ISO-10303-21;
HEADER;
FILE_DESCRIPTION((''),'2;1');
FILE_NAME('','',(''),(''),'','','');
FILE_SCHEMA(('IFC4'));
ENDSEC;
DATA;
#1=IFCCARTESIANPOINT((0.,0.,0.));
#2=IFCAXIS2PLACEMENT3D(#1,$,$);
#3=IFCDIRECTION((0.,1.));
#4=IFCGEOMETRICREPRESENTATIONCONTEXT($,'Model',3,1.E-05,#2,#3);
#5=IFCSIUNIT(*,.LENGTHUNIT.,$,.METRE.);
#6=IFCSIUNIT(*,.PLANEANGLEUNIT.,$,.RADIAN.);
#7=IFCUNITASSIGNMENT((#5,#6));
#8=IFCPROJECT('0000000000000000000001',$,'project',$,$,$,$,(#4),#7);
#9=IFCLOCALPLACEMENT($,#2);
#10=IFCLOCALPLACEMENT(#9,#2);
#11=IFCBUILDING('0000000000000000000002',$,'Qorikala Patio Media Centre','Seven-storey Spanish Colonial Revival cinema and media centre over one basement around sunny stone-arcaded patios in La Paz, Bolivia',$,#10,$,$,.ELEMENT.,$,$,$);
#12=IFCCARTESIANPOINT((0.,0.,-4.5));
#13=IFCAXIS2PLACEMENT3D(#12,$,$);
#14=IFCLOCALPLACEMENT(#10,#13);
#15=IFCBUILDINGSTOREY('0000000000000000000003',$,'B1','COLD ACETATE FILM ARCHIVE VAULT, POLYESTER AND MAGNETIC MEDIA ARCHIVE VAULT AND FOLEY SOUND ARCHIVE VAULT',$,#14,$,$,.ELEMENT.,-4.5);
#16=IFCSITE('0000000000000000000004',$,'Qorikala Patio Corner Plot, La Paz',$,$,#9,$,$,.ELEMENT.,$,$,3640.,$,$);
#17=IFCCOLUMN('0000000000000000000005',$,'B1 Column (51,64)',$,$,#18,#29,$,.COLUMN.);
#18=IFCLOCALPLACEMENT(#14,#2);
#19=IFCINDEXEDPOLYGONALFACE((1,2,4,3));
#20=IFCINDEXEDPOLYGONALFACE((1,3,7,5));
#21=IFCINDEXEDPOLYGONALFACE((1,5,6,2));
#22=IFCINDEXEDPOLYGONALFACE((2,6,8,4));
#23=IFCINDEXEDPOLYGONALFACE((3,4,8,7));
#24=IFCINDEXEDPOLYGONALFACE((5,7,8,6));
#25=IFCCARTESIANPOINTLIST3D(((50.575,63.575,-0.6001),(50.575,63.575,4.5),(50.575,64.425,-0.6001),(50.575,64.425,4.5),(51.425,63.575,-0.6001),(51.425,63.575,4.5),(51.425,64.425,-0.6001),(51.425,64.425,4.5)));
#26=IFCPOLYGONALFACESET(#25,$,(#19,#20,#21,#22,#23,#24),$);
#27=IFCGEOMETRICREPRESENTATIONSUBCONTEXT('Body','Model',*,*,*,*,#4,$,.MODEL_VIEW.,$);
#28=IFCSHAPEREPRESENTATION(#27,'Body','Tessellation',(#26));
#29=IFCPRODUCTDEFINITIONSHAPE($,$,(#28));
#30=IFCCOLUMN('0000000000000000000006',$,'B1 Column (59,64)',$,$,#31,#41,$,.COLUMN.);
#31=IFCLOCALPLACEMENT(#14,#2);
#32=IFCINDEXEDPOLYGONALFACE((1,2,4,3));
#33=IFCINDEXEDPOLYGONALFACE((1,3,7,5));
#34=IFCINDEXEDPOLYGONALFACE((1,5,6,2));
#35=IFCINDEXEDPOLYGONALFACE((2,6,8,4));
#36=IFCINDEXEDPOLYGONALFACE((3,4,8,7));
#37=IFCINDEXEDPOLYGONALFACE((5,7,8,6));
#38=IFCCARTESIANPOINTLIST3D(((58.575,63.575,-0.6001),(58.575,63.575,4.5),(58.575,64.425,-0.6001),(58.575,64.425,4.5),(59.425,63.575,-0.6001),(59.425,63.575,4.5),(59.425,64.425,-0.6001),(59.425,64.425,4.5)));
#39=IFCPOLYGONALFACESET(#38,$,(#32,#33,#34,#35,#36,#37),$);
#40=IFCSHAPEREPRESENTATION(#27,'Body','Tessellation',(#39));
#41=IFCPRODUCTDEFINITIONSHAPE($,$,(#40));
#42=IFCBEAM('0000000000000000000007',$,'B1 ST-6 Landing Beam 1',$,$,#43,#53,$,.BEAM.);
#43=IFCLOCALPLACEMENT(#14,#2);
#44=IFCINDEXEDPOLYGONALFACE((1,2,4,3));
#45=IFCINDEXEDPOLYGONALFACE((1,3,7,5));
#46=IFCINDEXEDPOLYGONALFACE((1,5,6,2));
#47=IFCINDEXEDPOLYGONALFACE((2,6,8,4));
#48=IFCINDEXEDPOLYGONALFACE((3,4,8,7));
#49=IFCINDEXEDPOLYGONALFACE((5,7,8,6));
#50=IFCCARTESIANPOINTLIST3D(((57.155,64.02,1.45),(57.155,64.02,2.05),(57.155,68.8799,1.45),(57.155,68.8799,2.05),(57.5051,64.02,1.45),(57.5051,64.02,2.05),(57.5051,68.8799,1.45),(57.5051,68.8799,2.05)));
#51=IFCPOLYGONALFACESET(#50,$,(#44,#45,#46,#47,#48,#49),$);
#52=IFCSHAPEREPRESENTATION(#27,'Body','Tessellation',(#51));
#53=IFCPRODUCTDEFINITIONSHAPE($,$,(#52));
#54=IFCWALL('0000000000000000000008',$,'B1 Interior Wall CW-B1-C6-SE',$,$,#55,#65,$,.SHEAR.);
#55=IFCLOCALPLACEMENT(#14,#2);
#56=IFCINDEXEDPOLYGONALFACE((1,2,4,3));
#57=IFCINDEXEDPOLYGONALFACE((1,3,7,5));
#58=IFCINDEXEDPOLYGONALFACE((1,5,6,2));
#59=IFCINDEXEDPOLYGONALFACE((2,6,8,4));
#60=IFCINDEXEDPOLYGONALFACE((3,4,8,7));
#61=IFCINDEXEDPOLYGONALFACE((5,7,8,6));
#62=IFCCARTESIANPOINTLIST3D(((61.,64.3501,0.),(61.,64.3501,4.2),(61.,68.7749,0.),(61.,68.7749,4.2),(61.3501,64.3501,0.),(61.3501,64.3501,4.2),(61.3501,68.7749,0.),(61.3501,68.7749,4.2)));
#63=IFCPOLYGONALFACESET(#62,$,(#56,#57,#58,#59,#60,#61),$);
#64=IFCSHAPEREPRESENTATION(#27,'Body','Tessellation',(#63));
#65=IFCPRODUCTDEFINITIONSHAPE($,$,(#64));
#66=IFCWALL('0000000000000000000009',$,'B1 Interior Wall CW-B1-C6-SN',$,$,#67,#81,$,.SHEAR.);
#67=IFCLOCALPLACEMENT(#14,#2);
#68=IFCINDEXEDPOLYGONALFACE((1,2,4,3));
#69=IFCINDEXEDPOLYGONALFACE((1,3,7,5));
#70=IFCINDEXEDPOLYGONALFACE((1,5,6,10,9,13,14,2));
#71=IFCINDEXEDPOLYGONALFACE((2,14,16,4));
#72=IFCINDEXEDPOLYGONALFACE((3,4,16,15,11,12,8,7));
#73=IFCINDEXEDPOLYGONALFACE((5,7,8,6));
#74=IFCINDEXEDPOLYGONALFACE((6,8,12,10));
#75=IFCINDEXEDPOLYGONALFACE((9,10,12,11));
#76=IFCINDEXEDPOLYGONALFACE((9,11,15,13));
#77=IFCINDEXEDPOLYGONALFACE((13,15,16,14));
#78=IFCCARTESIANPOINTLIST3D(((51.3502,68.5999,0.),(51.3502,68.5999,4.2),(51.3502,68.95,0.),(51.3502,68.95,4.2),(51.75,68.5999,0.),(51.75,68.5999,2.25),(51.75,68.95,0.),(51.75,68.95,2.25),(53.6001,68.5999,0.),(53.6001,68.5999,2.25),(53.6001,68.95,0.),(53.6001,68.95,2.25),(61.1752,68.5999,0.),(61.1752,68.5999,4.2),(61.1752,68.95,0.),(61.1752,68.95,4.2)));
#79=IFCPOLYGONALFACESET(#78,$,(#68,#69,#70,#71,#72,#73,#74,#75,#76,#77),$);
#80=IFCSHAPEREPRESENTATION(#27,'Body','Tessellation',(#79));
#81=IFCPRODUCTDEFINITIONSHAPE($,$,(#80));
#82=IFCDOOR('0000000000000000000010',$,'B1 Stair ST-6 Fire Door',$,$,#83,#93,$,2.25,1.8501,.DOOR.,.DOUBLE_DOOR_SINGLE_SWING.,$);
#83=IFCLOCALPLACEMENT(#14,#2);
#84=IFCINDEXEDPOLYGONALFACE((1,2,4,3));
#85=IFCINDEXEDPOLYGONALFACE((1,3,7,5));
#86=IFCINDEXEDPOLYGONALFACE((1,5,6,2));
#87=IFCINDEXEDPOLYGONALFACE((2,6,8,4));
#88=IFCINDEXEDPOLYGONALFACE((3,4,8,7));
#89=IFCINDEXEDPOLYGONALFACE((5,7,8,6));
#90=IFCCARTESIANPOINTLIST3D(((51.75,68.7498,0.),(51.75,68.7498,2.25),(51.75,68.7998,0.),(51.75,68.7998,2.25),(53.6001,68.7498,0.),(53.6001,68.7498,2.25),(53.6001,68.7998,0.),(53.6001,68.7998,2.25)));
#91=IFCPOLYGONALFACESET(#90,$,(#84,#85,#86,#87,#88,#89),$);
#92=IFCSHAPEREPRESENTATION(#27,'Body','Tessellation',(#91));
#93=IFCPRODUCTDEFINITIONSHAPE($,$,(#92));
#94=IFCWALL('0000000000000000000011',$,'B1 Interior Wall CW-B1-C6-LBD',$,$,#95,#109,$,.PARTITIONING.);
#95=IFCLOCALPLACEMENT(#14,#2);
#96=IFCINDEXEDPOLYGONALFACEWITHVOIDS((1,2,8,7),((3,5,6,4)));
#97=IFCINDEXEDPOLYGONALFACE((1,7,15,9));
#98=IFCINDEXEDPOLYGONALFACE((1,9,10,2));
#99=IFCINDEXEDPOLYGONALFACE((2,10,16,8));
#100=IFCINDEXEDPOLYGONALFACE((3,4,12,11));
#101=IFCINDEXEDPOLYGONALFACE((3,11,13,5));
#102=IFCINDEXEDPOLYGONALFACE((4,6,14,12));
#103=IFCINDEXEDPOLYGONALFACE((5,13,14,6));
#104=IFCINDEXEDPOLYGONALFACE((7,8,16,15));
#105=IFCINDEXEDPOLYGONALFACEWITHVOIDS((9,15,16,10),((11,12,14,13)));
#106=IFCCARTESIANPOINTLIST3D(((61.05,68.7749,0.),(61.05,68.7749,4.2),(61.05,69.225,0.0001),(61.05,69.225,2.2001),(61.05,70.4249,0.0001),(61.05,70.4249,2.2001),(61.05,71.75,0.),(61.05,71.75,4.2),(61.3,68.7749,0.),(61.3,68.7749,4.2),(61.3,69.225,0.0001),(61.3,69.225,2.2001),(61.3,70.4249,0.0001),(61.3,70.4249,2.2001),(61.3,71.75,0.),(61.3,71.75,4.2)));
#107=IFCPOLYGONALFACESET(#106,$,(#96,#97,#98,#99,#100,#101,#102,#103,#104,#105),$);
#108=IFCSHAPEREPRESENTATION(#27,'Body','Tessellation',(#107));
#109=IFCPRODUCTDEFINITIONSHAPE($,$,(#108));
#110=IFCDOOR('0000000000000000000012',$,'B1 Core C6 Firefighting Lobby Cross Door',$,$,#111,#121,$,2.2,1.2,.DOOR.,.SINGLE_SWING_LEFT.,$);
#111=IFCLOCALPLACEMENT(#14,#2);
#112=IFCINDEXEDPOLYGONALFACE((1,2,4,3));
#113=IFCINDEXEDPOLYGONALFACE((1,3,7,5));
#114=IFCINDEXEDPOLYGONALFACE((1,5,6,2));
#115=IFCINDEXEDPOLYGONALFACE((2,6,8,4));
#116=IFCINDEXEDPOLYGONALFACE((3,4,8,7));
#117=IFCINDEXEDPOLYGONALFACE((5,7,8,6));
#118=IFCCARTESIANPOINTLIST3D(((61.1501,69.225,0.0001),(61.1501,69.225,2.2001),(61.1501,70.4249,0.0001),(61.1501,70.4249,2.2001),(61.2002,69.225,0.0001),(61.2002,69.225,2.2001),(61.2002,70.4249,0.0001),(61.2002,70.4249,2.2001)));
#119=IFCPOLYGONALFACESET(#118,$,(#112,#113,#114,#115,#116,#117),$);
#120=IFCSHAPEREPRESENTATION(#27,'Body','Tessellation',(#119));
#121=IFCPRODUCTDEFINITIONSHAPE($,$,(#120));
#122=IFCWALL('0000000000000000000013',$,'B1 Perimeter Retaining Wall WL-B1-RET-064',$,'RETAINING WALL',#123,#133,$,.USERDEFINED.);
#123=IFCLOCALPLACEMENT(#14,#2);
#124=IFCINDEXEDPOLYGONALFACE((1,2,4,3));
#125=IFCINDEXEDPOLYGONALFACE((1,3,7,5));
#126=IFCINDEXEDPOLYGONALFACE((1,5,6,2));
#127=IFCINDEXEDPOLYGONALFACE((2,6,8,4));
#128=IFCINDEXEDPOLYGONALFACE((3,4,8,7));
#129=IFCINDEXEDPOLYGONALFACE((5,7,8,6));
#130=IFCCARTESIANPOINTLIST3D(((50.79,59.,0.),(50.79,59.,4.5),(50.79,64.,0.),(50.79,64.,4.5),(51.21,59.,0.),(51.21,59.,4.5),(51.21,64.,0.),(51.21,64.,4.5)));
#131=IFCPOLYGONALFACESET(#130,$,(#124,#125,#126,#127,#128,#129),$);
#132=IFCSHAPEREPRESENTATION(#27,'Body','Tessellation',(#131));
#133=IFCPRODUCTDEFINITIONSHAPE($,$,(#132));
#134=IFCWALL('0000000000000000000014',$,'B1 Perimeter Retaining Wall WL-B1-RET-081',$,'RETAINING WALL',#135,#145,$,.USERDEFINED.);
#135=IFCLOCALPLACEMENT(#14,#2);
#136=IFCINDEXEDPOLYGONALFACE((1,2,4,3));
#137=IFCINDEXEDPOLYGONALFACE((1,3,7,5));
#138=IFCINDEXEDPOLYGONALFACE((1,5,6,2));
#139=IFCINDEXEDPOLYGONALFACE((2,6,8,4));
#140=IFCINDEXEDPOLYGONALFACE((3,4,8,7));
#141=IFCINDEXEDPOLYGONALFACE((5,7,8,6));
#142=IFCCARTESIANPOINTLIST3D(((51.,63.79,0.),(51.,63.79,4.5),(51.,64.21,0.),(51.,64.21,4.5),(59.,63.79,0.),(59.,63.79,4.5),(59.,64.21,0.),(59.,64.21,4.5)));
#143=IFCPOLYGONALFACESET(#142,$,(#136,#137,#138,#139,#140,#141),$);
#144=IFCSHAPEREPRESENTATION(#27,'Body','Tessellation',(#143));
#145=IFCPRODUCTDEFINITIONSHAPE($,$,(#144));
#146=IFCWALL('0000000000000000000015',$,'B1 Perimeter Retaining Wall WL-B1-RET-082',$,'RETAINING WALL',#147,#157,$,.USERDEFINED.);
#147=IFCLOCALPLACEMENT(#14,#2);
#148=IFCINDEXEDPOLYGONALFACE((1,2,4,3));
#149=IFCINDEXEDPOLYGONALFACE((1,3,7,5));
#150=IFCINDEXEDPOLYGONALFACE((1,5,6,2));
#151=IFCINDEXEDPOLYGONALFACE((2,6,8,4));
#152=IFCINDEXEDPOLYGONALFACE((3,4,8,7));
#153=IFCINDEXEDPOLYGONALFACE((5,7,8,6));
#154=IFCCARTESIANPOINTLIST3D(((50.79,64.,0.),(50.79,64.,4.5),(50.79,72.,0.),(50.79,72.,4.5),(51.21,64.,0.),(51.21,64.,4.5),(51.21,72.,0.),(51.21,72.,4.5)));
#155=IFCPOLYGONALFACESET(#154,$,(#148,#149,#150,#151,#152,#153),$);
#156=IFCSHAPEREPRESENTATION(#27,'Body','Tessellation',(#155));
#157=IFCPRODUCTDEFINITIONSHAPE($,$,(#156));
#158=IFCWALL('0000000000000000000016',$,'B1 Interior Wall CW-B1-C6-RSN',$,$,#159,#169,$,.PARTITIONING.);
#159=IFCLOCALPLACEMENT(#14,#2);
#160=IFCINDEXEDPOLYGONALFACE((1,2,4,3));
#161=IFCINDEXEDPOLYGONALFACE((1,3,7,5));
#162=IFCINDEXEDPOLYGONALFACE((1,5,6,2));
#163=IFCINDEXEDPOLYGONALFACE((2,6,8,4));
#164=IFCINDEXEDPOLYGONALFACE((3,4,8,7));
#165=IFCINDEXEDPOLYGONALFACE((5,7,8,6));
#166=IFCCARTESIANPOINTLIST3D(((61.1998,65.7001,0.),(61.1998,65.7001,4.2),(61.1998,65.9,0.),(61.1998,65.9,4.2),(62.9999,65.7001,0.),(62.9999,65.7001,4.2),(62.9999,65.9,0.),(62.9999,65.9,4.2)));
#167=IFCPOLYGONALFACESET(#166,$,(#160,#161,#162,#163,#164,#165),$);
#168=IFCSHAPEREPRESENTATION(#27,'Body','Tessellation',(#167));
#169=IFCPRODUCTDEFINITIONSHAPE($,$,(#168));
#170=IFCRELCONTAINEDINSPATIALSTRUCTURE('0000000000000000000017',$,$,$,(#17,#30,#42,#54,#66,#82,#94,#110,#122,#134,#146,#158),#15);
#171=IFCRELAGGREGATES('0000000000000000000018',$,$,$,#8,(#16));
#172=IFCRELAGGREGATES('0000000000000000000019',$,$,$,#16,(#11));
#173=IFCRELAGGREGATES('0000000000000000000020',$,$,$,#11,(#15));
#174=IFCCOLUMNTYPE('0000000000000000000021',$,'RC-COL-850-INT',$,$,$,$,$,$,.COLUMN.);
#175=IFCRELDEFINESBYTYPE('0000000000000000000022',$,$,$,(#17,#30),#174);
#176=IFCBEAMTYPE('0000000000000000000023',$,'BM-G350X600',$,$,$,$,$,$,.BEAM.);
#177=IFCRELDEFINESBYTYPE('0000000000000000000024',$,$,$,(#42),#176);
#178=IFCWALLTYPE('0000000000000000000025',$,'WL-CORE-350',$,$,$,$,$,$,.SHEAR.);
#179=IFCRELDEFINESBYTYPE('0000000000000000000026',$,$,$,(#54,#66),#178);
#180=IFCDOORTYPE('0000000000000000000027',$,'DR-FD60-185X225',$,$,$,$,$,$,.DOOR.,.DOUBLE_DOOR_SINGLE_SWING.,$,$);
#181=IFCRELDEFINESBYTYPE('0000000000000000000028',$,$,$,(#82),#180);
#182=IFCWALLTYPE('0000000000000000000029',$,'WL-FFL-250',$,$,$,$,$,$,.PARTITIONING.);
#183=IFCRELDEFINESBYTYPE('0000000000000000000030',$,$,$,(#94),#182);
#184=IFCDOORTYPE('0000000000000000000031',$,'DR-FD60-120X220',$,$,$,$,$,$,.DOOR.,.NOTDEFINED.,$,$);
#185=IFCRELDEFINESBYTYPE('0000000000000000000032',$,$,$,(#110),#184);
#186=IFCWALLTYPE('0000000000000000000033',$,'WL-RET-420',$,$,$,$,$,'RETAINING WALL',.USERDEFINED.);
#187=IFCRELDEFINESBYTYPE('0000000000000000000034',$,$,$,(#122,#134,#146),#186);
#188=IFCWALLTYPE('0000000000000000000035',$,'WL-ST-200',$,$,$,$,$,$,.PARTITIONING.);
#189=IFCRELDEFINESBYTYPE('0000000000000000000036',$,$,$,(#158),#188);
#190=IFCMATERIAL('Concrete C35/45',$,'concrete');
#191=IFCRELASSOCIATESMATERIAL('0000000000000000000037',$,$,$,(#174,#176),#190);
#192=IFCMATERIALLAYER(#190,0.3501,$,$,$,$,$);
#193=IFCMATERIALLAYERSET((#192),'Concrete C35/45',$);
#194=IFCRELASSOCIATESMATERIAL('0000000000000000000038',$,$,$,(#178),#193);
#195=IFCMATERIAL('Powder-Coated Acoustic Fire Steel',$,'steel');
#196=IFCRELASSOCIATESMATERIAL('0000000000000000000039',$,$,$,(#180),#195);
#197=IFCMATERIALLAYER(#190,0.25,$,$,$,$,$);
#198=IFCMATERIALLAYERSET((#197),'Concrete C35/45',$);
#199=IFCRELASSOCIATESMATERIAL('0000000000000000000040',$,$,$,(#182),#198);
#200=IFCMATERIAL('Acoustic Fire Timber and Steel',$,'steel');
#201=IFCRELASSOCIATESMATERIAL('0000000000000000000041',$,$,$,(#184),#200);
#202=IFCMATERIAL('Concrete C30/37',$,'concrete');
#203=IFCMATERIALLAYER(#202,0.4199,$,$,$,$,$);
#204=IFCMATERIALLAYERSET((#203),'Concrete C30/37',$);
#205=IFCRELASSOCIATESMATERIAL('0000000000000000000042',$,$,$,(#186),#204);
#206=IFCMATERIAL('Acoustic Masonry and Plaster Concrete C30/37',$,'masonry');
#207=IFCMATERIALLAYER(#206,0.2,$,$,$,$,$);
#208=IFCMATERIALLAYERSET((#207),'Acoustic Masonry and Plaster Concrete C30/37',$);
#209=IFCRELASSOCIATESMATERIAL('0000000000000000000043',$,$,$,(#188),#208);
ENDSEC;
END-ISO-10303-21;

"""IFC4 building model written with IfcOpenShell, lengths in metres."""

from ifc_helpers import new_model, si_unit, direction, frame, frame_2d, origin, origin_2d, place, context, subcontext, project, spatial, rectangle, extrude, material, layer, layer_set, material_profile, profile_set, type_object, element, fill, save


model = new_model("IFC4")

# Units and contexts
model_context = context("Model", 3, precision=1e-05, world=origin(), true_north=direction((0.0, 1.0)))
body_context = subcontext(model_context, "Body", "Model", "MODEL_VIEW")
ifc_project = project(units=[si_unit("LENGTHUNIT", "METRE"), si_unit("PLANEANGLEUNIT", "RADIAN")], contexts=[model_context])

# Site, building, storey
site_placement = place(None, origin())
site = spatial("IfcSite", under=ifc_project, at=site_placement, Name="Qorikala Patio Corner Plot, La Paz", CompositionType="ELEMENT", RefElevation=3640.0)
building_placement = place(site_placement, origin())
building = spatial("IfcBuilding", under=site, at=building_placement, Name="Qorikala Patio Media Centre", Description="Seven-storey Spanish Colonial Revival cinema and media centre over one basement around sunny stone-arcaded patios in La Paz, Bolivia", CompositionType="ELEMENT")
storey_placement = place(building_placement, frame((0.0, 0.0, -4.5)))
storey = spatial("IfcBuildingStorey", under=building, at=storey_placement, Name="B1", Description="COLD ACETATE FILM ARCHIVE VAULT, POLYESTER AND MAGNETIC MEDIA ARCHIVE VAULT AND FOLEY SOUND ARCHIVE VAULT", CompositionType="ELEMENT", Elevation=-4.5)

# Shared definitions
ifc_material_1 = material(Name="Concrete C30/37", Category="concrete")

# Columns
ifc_material_2 = material(Name="Concrete C35/45", Category="concrete")
ifc_material_profile_1 = material_profile(ifc_material_2, rectangle(XDim=0.8501, YDim=0.8501, at=origin_2d()), Name="RC 850x850")
ifc_profile_set_1 = profile_set([ifc_material_profile_1], Name="Concrete C35/45")
column_type = type_object("IfcColumnType", Name="RC-COL-850-INT", PredefinedType="COLUMN", material=ifc_profile_set_1)
for number, where, z_axis, x_axis, name in (
    (1, (51.0, 64.0, -0.6001), (0.0, 0.0, 1.0), (1.0, 0.0, 0.0), "B1 Column (51,64)"),
    (2, (59.0, 64.0, -0.6001), (0.0, 0.0, 1.0), (1.0, 0.0, 0.0), "B1 Column (59,64)"),
):
    element("IfcColumn", number, at=place(storey_placement, frame(where, z_axis=z_axis, x_axis=x_axis)), inside=storey, type_object=column_type, Name=name, PredefinedType="COLUMN", context=body_context, shape_type="SweptSolid", body=[
        extrude(rectangle(XDim=0.8501, YDim=0.8501, at=origin_2d()), origin(), (0.0, 0.0, 1.0), 5.1001),
    ])

# Beam
ifc_material_profile_2 = material_profile(ifc_material_2, rectangle(XDim=0.3501, YDim=0.6001, at=origin_2d()), Name="RC 350x600")
ifc_profile_set_2 = profile_set([ifc_material_profile_2], Name="Concrete C35/45")
beam_type = type_object("IfcBeamType", Name="BM-G350X600", PredefinedType="BEAM", material=ifc_profile_set_2)
beam_placement = place(storey_placement, frame((57.3301, 64.02, 1.75), z_axis=(0.0, 1.0, 0.0), x_axis=(-1.0, 0.0, 0.0)))
element("IfcBeam", 3, at=beam_placement, inside=storey, type_object=beam_type, Name="B1 ST-6 Landing Beam 1", PredefinedType="BEAM", context=body_context, shape_type="SweptSolid", body=[
    extrude(rectangle(XDim=0.3501, YDim=0.6001, at=origin_2d()), origin(), (0.0, 0.0, 1.0), 4.8599),
])

# Wall
ifc_layer_1 = layer(ifc_material_2, 0.3501)
ifc_layer_set_1 = layer_set([ifc_layer_1], Name="Concrete C35/45")
wall_type_1 = type_object("IfcWallType", Name="WL-CORE-350", PredefinedType="SHEAR", material=ifc_layer_set_1)
wall_1_placement = place(storey_placement, frame((61.175, 64.3501, 0.0), z_axis=(0.0, 0.0, 1.0), x_axis=(0.0, 1.0, 0.0)))
element("IfcWall", 4, at=wall_1_placement, inside=storey, type_object=wall_type_1, Name="B1 Interior Wall CW-B1-C6-SE", PredefinedType="SHEAR", context=body_context, shape_type="SweptSolid", body=[
    extrude(rectangle(XDim=4.4248, YDim=0.3501, at=frame_2d((2.2124, 0.0))), origin(), (0.0, 0.0, 1.0), 4.2),
])

# Walls, openings, doors
wall_2_placement = place(storey_placement, frame((51.3501, 68.7749, 0.0), z_axis=(0.0, 0.0, 1.0), x_axis=(1.0, 0.0, 0.0)))
wall_2 = element("IfcWall", 5, at=wall_2_placement, inside=storey, type_object=wall_type_1, Name="B1 Interior Wall CW-B1-C6-SN", PredefinedType="SHEAR", context=body_context, shape_type="SweptSolid", body=[
    extrude(rectangle(XDim=9.825, YDim=0.3501, at=frame_2d((4.9126, 0.0))), origin(), (0.0, 0.0, 1.0), 4.2),
])
opening_1_placement = place(wall_2_placement, frame((0.3999, 0.0, 0.0)))
opening_1 = element("IfcOpeningElement", 6, at=opening_1_placement, cuts=wall_2, PredefinedType="OPENING", context=body_context, shape_type="SweptSolid", body=[
    extrude(rectangle(XDim=1.8501, YDim=2.25, at=frame_2d((0.925, 1.125))), frame((0.0, 0.1851, 0.0), z_axis=(0.0, -1.0, 0.0), x_axis=(1.0, 0.0, 0.0)), (0.0, 0.0, 1.0), 0.3701),
])
ifc_material_3 = material(Name="Powder-Coated Acoustic Fire Steel", Category="steel")
door_type_1 = type_object("IfcDoorType", Name="DR-FD60-185X225", OperationType="DOUBLE_DOOR_SINGLE_SWING", PredefinedType="DOOR", material=ifc_material_3)
door_1_placement = place(opening_1_placement, origin())
door_1 = element("IfcDoor", 7, at=door_1_placement, inside=storey, type_object=door_type_1, Name="B1 Stair ST-6 Fire Door", OperationType="DOUBLE_DOOR_SINGLE_SWING", OverallHeight=2.25, OverallWidth=1.8501, PredefinedType="DOOR", context=body_context, shape_type="SweptSolid", body=[
    extrude(rectangle(XDim=1.8501, YDim=2.25, at=frame_2d((0.925, 1.125))), frame((0.0, 0.0249, 0.0), z_axis=(0.0, -1.0, 0.0), x_axis=(1.0, 0.0, 0.0)), (0.0, 0.0, 1.0), 0.05),
])
fill(opening_1, door_1)
ifc_layer_2 = layer(ifc_material_2, 0.25)
ifc_layer_set_2 = layer_set([ifc_layer_2], Name="Concrete C35/45")
wall_type_2 = type_object("IfcWallType", Name="WL-FFL-250", PredefinedType="PARTITIONING", material=ifc_layer_set_2)
wall_3_placement = place(storey_placement, frame((61.175, 68.7749, 0.0), z_axis=(0.0, 0.0, 1.0), x_axis=(0.0, 1.0, 0.0)))
wall_3 = element("IfcWall", 8, at=wall_3_placement, inside=storey, type_object=wall_type_2, Name="B1 Interior Wall CW-B1-C6-LBD", PredefinedType="PARTITIONING", context=body_context, shape_type="SweptSolid", body=[
    extrude(rectangle(XDim=2.9751, YDim=0.25, at=frame_2d((1.4875, 0.0))), origin(), (0.0, 0.0, 1.0), 4.2),
])
opening_2_placement = place(wall_3_placement, frame((0.45, 0.0, 0.0)))
opening_2 = element("IfcOpeningElement", 9, at=opening_2_placement, cuts=wall_3, PredefinedType="OPENING", context=body_context, shape_type="SweptSolid", body=[
    extrude(rectangle(XDim=1.2, YDim=2.2, at=frame_2d((0.6001, 1.1001))), frame((0.0, 0.135, 0.0), z_axis=(0.0, -1.0, 0.0), x_axis=(1.0, 0.0, 0.0)), (0.0, 0.0, 1.0), 0.27),
])
ifc_material_4 = material(Name="Acoustic Fire Timber and Steel", Category="steel")
door_type_2 = type_object("IfcDoorType", Name="DR-FD60-120X220", OperationType="NOTDEFINED", PredefinedType="DOOR", material=ifc_material_4)
door_2_placement = place(opening_2_placement, origin())
door_2 = element("IfcDoor", 10, at=door_2_placement, inside=storey, type_object=door_type_2, Name="B1 Core C6 Firefighting Lobby Cross Door", OperationType="SINGLE_SWING_LEFT", OverallHeight=2.2, OverallWidth=1.2, PredefinedType="DOOR", context=body_context, shape_type="SweptSolid", body=[
    extrude(rectangle(XDim=1.2, YDim=2.2, at=frame_2d((0.6001, 1.1001))), frame((0.0, 0.0249, 0.0), z_axis=(0.0, -1.0, 0.0), x_axis=(1.0, 0.0, 0.0)), (0.0, 0.0, 1.0), 0.05),
])
fill(opening_2, door_2)

# Walls
ifc_layer_3 = layer(ifc_material_1, 0.4199)
ifc_layer_set_3 = layer_set([ifc_layer_3], Name="Concrete C30/37")
wall_type_3 = type_object("IfcWallType", Name="WL-RET-420", ElementType="RETAINING WALL", PredefinedType="USERDEFINED", material=ifc_layer_set_3)
wall_4_placement = place(storey_placement, frame((51.0, 64.0, 0.0), z_axis=(0.0, 0.0, 1.0), x_axis=(0.0, -1.0, 0.0)))
element("IfcWall", 11, at=wall_4_placement, inside=storey, type_object=wall_type_3, Name="B1 Perimeter Retaining Wall WL-B1-RET-064", ObjectType="RETAINING WALL", PredefinedType="USERDEFINED", context=body_context, shape_type="SweptSolid", body=[
    extrude(rectangle(XDim=5.0, YDim=0.4199, at=frame_2d((2.5, 0.0))), origin(), (0.0, 0.0, 1.0), 4.5),
])
for number, where, z_axis, x_axis, name in (
    (12, (59.0, 64.0, 0.0), (0.0, 0.0, 1.0), (-1.0, 0.0, 0.0), "B1 Perimeter Retaining Wall WL-B1-RET-081"),
    (13, (51.0, 64.0, 0.0), (0.0, 0.0, 1.0), (0.0, 1.0, 0.0), "B1 Perimeter Retaining Wall WL-B1-RET-082"),
):
    element("IfcWall", number, at=place(storey_placement, frame(where, z_axis=z_axis, x_axis=x_axis)), inside=storey, type_object=wall_type_3, Name=name, ObjectType="RETAINING WALL", PredefinedType="USERDEFINED", context=body_context, shape_type="SweptSolid", body=[
        extrude(rectangle(XDim=8.0, YDim=0.4199, at=frame_2d((4.0, 0.0))), origin(), (0.0, 0.0, 1.0), 4.5),
    ])
ifc_material_5 = material(Name="Acoustic Masonry and Plaster Concrete C30/37", Category="masonry")
ifc_layer_4 = layer(ifc_material_5, 0.2)
ifc_layer_set_4 = layer_set([ifc_layer_4], Name="Acoustic Masonry and Plaster Concrete C30/37")
wall_type_4 = type_object("IfcWallType", Name="WL-ST-200", PredefinedType="PARTITIONING", material=ifc_layer_set_4)
wall_5_placement = place(storey_placement, frame((61.2, 65.8, 0.0), z_axis=(0.0, 0.0, 1.0), x_axis=(1.0, 0.0, 0.0)))
element("IfcWall", 14, at=wall_5_placement, inside=storey, type_object=wall_type_4, Name="B1 Interior Wall CW-B1-C6-RSN", PredefinedType="PARTITIONING", context=body_context, shape_type="SweptSolid", body=[
    extrude(rectangle(XDim=1.8, YDim=0.2, at=frame_2d((0.8999, 0.0))), origin(), (0.0, 0.0, 1.0), 4.2),
])

save(model, "model.ifc")
